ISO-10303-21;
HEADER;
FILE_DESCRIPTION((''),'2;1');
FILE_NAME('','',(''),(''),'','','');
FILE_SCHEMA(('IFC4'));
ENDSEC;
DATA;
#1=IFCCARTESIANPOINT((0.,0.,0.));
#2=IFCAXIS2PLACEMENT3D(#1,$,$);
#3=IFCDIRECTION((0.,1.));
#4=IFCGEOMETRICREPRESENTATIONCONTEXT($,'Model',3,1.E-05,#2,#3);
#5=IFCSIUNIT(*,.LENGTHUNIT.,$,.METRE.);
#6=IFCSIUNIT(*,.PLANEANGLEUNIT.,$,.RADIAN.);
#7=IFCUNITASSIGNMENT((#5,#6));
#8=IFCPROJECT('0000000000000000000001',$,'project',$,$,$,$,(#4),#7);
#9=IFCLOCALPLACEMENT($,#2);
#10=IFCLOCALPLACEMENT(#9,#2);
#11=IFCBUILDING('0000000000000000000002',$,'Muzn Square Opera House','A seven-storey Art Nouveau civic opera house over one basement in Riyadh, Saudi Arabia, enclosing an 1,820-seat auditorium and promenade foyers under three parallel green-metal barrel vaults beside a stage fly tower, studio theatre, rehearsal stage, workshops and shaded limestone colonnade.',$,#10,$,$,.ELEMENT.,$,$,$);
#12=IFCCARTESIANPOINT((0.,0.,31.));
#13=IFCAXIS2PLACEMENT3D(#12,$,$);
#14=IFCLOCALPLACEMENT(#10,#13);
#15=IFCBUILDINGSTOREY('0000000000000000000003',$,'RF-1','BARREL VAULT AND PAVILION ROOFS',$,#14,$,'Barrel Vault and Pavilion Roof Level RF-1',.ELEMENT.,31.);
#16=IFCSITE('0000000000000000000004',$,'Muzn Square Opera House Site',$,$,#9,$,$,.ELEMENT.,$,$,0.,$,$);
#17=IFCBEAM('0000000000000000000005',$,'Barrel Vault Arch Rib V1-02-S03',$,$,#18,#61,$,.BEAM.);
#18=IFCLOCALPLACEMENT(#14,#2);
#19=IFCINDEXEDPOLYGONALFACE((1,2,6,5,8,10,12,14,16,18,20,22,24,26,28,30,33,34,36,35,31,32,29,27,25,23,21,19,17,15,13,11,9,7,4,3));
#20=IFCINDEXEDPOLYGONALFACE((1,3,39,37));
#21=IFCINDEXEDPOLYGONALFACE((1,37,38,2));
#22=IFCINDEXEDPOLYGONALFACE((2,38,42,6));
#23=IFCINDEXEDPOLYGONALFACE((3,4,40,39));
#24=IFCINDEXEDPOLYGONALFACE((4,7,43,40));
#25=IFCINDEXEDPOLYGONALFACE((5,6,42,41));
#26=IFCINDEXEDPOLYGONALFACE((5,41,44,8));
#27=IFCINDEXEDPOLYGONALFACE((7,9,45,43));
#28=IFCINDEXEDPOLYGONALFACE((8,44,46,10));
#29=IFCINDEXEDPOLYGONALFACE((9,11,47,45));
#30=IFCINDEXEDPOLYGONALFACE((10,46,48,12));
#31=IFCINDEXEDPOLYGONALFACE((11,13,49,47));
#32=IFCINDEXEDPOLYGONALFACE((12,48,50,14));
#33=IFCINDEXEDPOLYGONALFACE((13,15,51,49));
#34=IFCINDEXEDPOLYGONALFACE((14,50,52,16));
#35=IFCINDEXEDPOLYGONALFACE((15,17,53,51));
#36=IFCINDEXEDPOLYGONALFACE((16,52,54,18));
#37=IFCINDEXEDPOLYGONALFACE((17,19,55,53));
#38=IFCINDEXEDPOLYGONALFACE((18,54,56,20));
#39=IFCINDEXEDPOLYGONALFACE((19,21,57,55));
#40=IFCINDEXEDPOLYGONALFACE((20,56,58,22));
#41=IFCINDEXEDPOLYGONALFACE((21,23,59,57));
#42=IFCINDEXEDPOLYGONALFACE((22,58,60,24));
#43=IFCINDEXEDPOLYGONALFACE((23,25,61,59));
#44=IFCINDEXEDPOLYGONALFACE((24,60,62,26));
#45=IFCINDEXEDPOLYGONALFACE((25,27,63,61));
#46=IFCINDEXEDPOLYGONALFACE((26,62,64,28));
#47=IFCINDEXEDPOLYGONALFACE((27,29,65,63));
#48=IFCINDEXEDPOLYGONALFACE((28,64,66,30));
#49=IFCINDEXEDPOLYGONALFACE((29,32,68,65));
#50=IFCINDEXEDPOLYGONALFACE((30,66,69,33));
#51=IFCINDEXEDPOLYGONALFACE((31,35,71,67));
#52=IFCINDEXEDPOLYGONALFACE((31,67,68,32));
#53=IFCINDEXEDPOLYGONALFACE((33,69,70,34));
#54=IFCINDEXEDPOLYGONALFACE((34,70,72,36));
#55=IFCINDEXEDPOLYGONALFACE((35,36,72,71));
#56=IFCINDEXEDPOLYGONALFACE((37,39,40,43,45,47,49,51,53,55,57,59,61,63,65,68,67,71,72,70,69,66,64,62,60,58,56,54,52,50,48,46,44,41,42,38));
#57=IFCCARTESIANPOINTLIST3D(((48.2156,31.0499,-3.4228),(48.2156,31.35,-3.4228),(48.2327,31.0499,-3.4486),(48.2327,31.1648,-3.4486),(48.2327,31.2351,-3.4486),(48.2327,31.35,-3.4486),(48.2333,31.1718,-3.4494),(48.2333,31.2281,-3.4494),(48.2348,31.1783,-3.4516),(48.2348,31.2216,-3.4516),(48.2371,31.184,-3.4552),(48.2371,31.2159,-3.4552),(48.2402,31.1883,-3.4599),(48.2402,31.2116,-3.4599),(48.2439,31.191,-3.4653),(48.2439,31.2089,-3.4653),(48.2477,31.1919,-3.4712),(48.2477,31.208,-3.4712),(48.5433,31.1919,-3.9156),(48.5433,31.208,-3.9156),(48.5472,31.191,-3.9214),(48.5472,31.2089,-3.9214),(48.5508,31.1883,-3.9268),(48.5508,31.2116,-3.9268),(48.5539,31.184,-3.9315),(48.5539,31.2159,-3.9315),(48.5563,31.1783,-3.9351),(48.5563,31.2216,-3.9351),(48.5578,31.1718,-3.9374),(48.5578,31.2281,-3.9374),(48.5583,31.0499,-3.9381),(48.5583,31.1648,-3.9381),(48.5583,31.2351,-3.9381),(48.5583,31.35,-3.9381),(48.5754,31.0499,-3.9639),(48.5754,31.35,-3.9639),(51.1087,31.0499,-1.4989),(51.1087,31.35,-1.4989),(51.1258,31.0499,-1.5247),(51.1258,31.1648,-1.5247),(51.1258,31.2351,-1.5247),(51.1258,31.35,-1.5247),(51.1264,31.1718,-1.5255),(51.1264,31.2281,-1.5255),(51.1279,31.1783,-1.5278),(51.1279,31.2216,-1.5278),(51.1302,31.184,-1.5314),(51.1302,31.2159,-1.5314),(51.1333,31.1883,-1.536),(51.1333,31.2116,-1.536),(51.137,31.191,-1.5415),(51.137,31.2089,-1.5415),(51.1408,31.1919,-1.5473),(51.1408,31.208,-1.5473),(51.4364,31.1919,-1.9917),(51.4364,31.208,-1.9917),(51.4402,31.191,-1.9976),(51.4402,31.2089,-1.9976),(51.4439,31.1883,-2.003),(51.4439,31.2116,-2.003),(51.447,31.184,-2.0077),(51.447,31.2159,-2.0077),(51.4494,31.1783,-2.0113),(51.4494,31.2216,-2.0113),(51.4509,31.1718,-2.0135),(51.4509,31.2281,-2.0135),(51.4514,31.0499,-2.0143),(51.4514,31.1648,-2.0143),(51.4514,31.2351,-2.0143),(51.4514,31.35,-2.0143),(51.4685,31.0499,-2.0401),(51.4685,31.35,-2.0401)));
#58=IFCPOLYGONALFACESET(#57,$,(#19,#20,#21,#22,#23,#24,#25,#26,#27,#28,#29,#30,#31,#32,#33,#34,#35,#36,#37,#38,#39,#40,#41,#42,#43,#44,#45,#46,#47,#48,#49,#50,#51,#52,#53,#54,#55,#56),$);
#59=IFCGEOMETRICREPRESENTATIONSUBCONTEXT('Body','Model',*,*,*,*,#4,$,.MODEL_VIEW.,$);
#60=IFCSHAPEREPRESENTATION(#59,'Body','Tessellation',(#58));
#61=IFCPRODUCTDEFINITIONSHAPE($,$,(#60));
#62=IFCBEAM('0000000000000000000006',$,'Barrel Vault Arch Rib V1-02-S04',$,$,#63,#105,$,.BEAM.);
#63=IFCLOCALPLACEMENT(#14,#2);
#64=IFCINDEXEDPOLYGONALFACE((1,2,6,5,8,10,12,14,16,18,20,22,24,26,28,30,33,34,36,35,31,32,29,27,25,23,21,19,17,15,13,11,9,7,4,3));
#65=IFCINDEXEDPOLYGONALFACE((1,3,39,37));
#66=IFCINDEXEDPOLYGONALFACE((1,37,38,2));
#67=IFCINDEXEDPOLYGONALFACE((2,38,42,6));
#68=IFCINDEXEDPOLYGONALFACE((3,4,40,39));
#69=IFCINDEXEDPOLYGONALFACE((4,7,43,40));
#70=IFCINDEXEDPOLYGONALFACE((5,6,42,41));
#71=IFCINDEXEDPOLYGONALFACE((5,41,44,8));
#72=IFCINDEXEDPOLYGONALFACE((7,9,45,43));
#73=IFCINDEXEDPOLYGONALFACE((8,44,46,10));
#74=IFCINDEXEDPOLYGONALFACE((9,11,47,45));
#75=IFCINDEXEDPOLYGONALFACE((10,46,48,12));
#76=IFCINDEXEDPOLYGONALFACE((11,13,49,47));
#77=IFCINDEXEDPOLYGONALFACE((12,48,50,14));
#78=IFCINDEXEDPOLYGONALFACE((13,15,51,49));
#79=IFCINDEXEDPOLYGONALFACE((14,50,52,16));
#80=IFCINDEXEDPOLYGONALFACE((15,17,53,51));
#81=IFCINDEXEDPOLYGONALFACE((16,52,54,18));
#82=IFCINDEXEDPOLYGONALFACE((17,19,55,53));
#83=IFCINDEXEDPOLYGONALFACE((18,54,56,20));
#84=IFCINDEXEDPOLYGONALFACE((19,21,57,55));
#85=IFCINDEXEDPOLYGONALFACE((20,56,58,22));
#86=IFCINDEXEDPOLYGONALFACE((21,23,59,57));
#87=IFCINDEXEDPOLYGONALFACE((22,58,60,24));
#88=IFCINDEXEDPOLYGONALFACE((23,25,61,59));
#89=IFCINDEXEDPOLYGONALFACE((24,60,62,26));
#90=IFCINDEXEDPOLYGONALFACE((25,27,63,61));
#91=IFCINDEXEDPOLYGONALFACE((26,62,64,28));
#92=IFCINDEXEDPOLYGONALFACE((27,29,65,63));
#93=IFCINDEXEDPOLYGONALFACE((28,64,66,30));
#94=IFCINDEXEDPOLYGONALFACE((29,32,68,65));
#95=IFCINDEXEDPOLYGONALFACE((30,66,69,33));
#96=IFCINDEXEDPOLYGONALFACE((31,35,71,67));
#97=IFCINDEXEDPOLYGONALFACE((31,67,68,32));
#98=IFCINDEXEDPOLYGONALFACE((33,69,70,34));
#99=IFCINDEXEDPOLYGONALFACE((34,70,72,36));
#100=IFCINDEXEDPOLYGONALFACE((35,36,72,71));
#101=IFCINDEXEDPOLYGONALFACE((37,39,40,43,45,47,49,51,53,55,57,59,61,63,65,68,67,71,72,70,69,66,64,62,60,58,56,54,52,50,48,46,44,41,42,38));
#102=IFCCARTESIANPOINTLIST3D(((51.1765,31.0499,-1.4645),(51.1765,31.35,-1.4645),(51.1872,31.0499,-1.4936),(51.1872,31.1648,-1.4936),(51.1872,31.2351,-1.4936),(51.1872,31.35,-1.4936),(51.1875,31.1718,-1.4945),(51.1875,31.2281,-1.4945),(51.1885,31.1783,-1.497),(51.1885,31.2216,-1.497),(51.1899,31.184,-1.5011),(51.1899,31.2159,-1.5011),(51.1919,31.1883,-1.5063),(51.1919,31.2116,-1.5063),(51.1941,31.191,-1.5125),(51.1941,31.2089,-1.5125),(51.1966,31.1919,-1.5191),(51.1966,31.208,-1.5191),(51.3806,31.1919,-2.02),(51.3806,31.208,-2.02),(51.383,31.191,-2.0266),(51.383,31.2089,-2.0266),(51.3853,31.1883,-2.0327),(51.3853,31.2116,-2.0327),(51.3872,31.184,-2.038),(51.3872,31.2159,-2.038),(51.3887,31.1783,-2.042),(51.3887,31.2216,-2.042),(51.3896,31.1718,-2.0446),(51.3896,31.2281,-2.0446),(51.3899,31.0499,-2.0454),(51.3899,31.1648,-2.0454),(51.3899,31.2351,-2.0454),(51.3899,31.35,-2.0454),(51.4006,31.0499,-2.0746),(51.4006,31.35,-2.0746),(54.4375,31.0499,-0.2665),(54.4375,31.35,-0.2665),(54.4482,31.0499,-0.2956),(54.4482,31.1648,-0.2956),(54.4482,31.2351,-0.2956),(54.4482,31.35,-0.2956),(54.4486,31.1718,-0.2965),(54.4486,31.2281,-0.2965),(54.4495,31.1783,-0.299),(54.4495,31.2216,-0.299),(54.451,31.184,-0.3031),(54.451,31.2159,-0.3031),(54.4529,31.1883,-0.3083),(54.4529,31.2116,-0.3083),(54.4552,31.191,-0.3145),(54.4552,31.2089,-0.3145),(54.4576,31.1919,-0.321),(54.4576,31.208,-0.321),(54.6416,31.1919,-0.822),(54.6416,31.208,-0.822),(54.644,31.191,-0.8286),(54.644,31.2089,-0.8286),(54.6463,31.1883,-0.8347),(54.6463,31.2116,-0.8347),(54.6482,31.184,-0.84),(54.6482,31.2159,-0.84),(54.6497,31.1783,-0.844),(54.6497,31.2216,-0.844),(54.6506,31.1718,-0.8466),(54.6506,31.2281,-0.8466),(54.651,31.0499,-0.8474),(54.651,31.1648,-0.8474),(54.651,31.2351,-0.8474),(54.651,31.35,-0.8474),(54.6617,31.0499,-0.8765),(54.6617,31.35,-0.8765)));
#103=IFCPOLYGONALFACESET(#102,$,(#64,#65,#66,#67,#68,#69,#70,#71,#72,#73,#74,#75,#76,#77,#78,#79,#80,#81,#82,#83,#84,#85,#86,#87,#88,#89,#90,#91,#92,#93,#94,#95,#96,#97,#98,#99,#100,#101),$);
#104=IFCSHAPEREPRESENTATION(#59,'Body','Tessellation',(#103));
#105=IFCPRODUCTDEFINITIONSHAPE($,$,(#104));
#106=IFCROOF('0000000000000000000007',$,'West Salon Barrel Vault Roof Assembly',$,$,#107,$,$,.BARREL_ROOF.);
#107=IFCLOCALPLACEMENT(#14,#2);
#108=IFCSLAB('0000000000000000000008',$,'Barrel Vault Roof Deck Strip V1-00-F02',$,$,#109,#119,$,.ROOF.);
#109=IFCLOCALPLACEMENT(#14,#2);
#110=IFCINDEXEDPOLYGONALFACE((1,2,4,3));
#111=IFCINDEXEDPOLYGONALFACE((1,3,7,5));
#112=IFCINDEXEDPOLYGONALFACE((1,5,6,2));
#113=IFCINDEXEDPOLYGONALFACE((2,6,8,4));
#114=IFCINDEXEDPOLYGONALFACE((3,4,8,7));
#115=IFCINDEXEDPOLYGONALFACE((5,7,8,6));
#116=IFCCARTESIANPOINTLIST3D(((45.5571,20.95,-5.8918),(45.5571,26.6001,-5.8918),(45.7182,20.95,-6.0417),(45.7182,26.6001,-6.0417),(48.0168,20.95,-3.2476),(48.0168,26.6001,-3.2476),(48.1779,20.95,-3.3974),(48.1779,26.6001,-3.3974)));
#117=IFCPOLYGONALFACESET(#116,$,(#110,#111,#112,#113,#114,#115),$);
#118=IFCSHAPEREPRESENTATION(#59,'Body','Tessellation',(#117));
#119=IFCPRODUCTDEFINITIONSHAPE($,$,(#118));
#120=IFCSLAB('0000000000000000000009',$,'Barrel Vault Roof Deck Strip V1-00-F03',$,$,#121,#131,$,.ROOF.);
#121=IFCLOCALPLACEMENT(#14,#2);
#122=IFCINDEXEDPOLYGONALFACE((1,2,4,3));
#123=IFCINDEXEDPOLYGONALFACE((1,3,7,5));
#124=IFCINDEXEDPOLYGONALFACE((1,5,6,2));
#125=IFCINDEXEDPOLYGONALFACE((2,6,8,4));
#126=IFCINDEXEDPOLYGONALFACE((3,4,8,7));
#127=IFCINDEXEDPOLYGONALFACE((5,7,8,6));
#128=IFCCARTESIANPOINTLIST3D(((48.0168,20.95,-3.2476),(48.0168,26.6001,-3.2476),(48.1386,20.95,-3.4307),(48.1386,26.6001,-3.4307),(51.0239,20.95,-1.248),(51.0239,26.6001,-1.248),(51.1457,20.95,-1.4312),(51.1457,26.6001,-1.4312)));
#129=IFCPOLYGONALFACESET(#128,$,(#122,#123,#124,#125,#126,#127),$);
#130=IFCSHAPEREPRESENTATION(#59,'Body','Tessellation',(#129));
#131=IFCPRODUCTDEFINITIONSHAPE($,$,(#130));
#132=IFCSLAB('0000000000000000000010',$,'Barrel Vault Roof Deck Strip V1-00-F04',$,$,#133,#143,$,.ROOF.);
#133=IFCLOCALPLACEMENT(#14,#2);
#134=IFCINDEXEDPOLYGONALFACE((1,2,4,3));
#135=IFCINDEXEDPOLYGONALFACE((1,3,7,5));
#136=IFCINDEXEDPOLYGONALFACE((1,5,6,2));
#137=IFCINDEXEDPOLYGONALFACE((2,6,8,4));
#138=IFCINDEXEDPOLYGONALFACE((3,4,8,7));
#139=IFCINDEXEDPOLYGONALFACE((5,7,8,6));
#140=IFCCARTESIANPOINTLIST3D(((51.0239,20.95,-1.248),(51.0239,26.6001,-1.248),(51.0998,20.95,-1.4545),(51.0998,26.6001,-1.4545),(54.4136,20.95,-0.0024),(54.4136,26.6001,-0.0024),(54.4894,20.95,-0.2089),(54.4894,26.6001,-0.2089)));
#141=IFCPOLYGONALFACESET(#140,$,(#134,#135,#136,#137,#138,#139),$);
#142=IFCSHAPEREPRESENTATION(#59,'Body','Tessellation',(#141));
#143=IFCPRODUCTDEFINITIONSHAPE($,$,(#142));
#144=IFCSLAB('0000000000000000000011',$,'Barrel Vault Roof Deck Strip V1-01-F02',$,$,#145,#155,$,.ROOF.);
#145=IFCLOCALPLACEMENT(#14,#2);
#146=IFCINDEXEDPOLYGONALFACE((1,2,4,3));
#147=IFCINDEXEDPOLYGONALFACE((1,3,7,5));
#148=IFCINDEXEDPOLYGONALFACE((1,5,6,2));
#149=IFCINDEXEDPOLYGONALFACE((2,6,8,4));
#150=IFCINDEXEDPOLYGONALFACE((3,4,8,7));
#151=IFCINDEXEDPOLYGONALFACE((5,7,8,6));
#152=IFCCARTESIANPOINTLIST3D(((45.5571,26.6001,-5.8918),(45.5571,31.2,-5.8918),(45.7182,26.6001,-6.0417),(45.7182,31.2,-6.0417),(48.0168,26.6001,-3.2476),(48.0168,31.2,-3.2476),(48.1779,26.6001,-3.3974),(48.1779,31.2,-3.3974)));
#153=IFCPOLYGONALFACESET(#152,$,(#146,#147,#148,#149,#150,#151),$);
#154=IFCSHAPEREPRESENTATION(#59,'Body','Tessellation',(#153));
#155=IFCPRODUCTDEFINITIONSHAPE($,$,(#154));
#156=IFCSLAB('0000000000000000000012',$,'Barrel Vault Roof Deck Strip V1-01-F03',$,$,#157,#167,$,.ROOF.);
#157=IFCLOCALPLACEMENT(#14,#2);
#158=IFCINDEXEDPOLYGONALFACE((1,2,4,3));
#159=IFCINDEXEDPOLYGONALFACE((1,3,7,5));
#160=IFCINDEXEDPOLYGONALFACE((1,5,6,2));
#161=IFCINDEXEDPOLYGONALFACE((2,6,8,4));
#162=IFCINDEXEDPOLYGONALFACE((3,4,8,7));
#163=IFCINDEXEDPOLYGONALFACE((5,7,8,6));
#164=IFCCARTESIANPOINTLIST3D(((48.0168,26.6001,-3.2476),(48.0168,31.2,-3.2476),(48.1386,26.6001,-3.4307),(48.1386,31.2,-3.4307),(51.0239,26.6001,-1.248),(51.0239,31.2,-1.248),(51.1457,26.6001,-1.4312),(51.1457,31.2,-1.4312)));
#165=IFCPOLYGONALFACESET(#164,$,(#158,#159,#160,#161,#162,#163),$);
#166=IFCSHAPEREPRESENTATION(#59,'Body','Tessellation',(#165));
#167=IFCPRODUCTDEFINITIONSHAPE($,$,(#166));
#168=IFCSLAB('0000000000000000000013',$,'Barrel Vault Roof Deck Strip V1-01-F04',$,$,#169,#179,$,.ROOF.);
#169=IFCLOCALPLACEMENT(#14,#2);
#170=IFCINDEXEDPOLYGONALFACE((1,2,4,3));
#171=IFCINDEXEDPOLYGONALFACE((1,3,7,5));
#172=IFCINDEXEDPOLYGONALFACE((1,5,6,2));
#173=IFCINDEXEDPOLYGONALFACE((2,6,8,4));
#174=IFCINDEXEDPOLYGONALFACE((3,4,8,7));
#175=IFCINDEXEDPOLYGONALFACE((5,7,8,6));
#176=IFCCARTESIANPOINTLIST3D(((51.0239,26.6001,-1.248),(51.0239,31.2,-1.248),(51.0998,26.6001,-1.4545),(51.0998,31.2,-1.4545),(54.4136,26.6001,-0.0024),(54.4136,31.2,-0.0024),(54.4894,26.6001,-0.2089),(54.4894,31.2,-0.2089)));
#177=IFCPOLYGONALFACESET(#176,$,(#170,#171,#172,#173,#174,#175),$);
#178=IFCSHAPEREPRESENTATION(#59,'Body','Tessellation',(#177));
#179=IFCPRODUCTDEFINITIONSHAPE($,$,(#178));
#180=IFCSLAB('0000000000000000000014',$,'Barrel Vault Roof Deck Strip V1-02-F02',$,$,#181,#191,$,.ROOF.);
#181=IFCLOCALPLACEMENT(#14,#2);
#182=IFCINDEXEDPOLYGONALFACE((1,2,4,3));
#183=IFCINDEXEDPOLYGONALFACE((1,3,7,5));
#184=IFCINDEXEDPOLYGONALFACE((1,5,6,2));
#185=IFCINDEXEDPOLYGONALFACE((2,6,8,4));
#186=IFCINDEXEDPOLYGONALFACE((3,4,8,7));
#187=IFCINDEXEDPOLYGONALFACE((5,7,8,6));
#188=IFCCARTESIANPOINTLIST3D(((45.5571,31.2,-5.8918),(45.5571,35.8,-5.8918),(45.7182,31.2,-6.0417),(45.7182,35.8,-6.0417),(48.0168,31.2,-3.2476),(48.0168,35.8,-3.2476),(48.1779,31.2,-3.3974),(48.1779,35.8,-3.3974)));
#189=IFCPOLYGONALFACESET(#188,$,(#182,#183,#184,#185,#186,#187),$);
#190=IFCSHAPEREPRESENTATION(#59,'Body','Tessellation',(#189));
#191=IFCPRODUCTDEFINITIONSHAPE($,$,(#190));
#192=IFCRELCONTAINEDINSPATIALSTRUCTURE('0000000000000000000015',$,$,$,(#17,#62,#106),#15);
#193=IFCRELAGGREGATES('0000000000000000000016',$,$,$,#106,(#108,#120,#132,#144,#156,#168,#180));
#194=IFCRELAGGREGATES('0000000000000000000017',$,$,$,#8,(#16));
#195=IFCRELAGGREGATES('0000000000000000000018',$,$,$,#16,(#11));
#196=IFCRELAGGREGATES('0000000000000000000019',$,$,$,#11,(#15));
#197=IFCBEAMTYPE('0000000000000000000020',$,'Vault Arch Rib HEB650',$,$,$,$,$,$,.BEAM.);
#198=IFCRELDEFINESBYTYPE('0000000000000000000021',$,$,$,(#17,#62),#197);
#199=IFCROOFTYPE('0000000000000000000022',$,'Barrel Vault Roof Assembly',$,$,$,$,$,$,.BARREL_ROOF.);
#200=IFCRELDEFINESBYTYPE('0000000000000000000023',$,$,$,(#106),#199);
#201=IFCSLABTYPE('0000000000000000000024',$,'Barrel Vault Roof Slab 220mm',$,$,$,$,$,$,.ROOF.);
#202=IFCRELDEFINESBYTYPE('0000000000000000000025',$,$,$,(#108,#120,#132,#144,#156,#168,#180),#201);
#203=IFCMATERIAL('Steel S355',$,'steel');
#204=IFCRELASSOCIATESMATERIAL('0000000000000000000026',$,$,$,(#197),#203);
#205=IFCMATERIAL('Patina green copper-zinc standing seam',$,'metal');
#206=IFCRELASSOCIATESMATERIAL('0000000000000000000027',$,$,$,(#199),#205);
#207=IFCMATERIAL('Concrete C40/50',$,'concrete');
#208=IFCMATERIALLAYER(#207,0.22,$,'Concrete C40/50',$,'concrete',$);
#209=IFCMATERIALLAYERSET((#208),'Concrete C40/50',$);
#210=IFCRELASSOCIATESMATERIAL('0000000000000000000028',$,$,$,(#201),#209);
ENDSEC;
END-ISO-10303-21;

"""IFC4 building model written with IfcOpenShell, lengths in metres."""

from ifc_helpers import new_model, si_unit, direction, frame, origin, origin_2d, place, context, subcontext, project, spatial, polyline, i_section, outline, extrude, material, layer, layer_set, material_profile, profile_set, type_object, element, aggregate, save


model = new_model("IFC4")

# Units and contexts
model_context = context("Model", 3, precision=1e-05, world=origin(), true_north=direction((0.0, 1.0)))
body_context = subcontext(model_context, "Body", "Model", "MODEL_VIEW")
ifc_project = project(units=[si_unit("LENGTHUNIT", "METRE"), si_unit("PLANEANGLEUNIT", "RADIAN")], contexts=[model_context])

# Site, building, storey
site_placement = place(None, origin())
site = spatial("IfcSite", under=ifc_project, at=site_placement, Name="Muzn Square Opera House Site", CompositionType="ELEMENT", RefElevation=0.0)
building_placement = place(site_placement, origin())
building = spatial("IfcBuilding", under=site, at=building_placement, Name="Muzn Square Opera House", Description="A seven-storey Art Nouveau civic opera house over one basement in Riyadh, Saudi Arabia, enclosing an 1,820-seat auditorium and promenade foyers under three parallel green-metal barrel vaults beside a stage fly tower, studio theatre, rehearsal stage, workshops and shaded limestone colonnade.", CompositionType="ELEMENT")
storey_placement = place(building_placement, frame((0.0, 0.0, 31.0)))
storey = spatial("IfcBuildingStorey", under=building, at=storey_placement, Name="RF-1", Description="BARREL VAULT AND PAVILION ROOFS", LongName="Barrel Vault and Pavilion Roof Level RF-1", CompositionType="ELEMENT", Elevation=31.0)

# Beams
ifc_material_1 = material(Name="Steel S355", Category="steel")
ifc_material_profile_1 = material_profile(ifc_material_1, i_section(OverallWidth=0.3, OverallDepth=0.6499, WebThickness=0.0161, FlangeThickness=0.031, FilletRadius=0.0271, at=origin_2d()), Name="HEB 650", Category="steel")
ifc_profile_set_1 = profile_set([ifc_material_profile_1], Name="Steel S355")
beam_type_1 = type_object("IfcBeamType", Name="Vault Arch Rib HEB650", PredefinedType="BEAM", material=ifc_profile_set_1)
beam_1_placement = place(storey_placement, frame((48.3955, 31.2, -3.6934), z_axis=(0.832698, 0.0, 0.553727), x_axis=(0.0, 1.0, 0.0)))
element("IfcBeam", 1, at=beam_1_placement, inside=storey, type_object=beam_type_1, Name="Barrel Vault Arch Rib V1-02-S03", PredefinedType="BEAM", context=body_context, shape_type="SweptSolid", body=[
    extrude(i_section(OverallWidth=0.3, OverallDepth=0.6499, WebThickness=0.0161, FlangeThickness=0.031, FilletRadius=0.0271, at=origin_2d()), origin(), (0.0, 0.0, 1.0), 3.4744),
])
beam_2_placement = place(storey_placement, frame((51.2886, 31.2, -1.7695), z_axis=(0.938662, 0.0, 0.344839), x_axis=(0.0, 1.0, 0.0)))
element("IfcBeam", 2, at=beam_2_placement, inside=storey, type_object=beam_type_1, Name="Barrel Vault Arch Rib V1-02-S04", PredefinedType="BEAM", context=body_context, shape_type="SweptSolid", body=[
    extrude(i_section(OverallWidth=0.3, OverallDepth=0.6499, WebThickness=0.0161, FlangeThickness=0.031, FilletRadius=0.0271, at=origin_2d()), origin(), (0.0, 0.0, 1.0), 3.4741),
])

# Roof, slabs
ifc_material_2 = material(Name="Patina green copper-zinc standing seam", Category="metal")
roof_type = type_object("IfcRoofType", Name="Barrel Vault Roof Assembly", PredefinedType="BARREL_ROOF", material=ifc_material_2)
roof_placement = place(storey_placement, origin())
roof = element("IfcRoof", 3, at=roof_placement, inside=storey, type_object=roof_type, Name="West Salon Barrel Vault Roof Assembly", PredefinedType="BARREL_ROOF")
ifc_material_3 = material(Name="Concrete C40/50", Category="concrete")
ifc_layer_1 = layer(ifc_material_3, 0.22, Name="Concrete C40/50", Category="concrete")
ifc_layer_set_1 = layer_set([ifc_layer_1], Name="Concrete C40/50")
slab_type = type_object("IfcSlabType", Name="Barrel Vault Roof Slab 220mm", PredefinedType="ROOF", material=ifc_layer_set_1)
slab_1_placement = place(storey_placement, frame((48.0168, 20.95, -3.2476), z_axis=(-0.732198, 0.0, 0.681091), x_axis=(0.0, 1.0, 0.0)))
slab_1 = element("IfcSlab", 4, at=slab_1_placement, type_object=slab_type, Name="Barrel Vault Roof Deck Strip V1-00-F02", PredefinedType="ROOF", context=body_context, shape_type="SweptSolid", body=[
    extrude(outline(polyline([(0.0, 3.6114), (0.0, 0.0), (5.6501, 0.0), (5.6501, 3.6114), (0.0, 3.6114)])), origin(), (0.0, 0.0, -1.0), 0.22),
])
slab_2_placement = place(storey_placement, frame((51.0239, 20.95, -1.248), z_axis=(-0.553701, 0.0, 0.832715), x_axis=(0.0, 1.0, 0.0)))
slab_2 = element("IfcSlab", 5, at=slab_2_placement, type_object=slab_type, Name="Barrel Vault Roof Deck Strip V1-00-F03", PredefinedType="ROOF", context=body_context, shape_type="SweptSolid", body=[
    extrude(outline(polyline([(0.0, 3.6112), (0.0, 0.0), (5.6501, 0.0), (5.6501, 3.6112), (0.0, 3.6112)])), origin(), (0.0, 0.0, -1.0), 0.22),
])
slab_3_placement = place(storey_placement, frame((54.4136, 20.95, -0.0024), z_axis=(-0.344922, 0.0, 0.938631), x_axis=(0.0, 1.0, 0.0)))
slab_3 = element("IfcSlab", 6, at=slab_3_placement, type_object=slab_type, Name="Barrel Vault Roof Deck Strip V1-00-F04", PredefinedType="ROOF", context=body_context, shape_type="SweptSolid", body=[
    extrude(outline(polyline([(0.0, 3.6113), (0.0, 0.0), (5.6501, 0.0), (5.6501, 3.6113), (0.0, 3.6113)])), origin(), (0.0, 0.0, -1.0), 0.22),
])
slab_4_placement = place(storey_placement, frame((48.0168, 26.6001, -3.2476), z_axis=(-0.732198, 0.0, 0.681091), x_axis=(0.0, 1.0, 0.0)))
slab_4 = element("IfcSlab", 7, at=slab_4_placement, type_object=slab_type, Name="Barrel Vault Roof Deck Strip V1-01-F02", PredefinedType="ROOF", context=body_context, shape_type="SweptSolid", body=[
    extrude(outline(polyline([(0.0, 3.6114), (0.0, 0.0), (4.5999, 0.0), (4.5999, 3.6114), (0.0, 3.6114)])), origin(), (0.0, 0.0, -1.0), 0.22),
])
slab_5_placement = place(storey_placement, frame((51.0239, 26.6001, -1.248), z_axis=(-0.553701, 0.0, 0.832715), x_axis=(0.0, 1.0, 0.0)))
slab_5 = element("IfcSlab", 8, at=slab_5_placement, type_object=slab_type, Name="Barrel Vault Roof Deck Strip V1-01-F03", PredefinedType="ROOF", context=body_context, shape_type="SweptSolid", body=[
    extrude(outline(polyline([(0.0, 3.6112), (0.0, 0.0), (4.5999, 0.0), (4.5999, 3.6112), (0.0, 3.6112)])), origin(), (0.0, 0.0, -1.0), 0.22),
])
slab_6_placement = place(storey_placement, frame((54.4136, 26.6001, -0.0024), z_axis=(-0.344922, 0.0, 0.938631), x_axis=(0.0, 1.0, 0.0)))
slab_6 = element("IfcSlab", 9, at=slab_6_placement, type_object=slab_type, Name="Barrel Vault Roof Deck Strip V1-01-F04", PredefinedType="ROOF", context=body_context, shape_type="SweptSolid", body=[
    extrude(outline(polyline([(0.0, 3.6113), (0.0, 0.0), (4.5999, 0.0), (4.5999, 3.6113), (0.0, 3.6113)])), origin(), (0.0, 0.0, -1.0), 0.22),
])
slab_7_placement = place(storey_placement, frame((48.0168, 31.2, -3.2476), z_axis=(-0.732198, 0.0, 0.681091), x_axis=(0.0, 1.0, 0.0)))
slab_7 = element("IfcSlab", 10, at=slab_7_placement, type_object=slab_type, Name="Barrel Vault Roof Deck Strip V1-02-F02", PredefinedType="ROOF", context=body_context, shape_type="SweptSolid", body=[
    extrude(outline(polyline([(0.0, 3.6114), (0.0, 0.0), (4.6001, 0.0), (4.6001, 3.6114), (0.0, 3.6114)])), origin(), (0.0, 0.0, -1.0), 0.22),
])
aggregate(roof, [slab_1, slab_2, slab_3, slab_4, slab_5, slab_6, slab_7])

save(model, "model.ifc")
